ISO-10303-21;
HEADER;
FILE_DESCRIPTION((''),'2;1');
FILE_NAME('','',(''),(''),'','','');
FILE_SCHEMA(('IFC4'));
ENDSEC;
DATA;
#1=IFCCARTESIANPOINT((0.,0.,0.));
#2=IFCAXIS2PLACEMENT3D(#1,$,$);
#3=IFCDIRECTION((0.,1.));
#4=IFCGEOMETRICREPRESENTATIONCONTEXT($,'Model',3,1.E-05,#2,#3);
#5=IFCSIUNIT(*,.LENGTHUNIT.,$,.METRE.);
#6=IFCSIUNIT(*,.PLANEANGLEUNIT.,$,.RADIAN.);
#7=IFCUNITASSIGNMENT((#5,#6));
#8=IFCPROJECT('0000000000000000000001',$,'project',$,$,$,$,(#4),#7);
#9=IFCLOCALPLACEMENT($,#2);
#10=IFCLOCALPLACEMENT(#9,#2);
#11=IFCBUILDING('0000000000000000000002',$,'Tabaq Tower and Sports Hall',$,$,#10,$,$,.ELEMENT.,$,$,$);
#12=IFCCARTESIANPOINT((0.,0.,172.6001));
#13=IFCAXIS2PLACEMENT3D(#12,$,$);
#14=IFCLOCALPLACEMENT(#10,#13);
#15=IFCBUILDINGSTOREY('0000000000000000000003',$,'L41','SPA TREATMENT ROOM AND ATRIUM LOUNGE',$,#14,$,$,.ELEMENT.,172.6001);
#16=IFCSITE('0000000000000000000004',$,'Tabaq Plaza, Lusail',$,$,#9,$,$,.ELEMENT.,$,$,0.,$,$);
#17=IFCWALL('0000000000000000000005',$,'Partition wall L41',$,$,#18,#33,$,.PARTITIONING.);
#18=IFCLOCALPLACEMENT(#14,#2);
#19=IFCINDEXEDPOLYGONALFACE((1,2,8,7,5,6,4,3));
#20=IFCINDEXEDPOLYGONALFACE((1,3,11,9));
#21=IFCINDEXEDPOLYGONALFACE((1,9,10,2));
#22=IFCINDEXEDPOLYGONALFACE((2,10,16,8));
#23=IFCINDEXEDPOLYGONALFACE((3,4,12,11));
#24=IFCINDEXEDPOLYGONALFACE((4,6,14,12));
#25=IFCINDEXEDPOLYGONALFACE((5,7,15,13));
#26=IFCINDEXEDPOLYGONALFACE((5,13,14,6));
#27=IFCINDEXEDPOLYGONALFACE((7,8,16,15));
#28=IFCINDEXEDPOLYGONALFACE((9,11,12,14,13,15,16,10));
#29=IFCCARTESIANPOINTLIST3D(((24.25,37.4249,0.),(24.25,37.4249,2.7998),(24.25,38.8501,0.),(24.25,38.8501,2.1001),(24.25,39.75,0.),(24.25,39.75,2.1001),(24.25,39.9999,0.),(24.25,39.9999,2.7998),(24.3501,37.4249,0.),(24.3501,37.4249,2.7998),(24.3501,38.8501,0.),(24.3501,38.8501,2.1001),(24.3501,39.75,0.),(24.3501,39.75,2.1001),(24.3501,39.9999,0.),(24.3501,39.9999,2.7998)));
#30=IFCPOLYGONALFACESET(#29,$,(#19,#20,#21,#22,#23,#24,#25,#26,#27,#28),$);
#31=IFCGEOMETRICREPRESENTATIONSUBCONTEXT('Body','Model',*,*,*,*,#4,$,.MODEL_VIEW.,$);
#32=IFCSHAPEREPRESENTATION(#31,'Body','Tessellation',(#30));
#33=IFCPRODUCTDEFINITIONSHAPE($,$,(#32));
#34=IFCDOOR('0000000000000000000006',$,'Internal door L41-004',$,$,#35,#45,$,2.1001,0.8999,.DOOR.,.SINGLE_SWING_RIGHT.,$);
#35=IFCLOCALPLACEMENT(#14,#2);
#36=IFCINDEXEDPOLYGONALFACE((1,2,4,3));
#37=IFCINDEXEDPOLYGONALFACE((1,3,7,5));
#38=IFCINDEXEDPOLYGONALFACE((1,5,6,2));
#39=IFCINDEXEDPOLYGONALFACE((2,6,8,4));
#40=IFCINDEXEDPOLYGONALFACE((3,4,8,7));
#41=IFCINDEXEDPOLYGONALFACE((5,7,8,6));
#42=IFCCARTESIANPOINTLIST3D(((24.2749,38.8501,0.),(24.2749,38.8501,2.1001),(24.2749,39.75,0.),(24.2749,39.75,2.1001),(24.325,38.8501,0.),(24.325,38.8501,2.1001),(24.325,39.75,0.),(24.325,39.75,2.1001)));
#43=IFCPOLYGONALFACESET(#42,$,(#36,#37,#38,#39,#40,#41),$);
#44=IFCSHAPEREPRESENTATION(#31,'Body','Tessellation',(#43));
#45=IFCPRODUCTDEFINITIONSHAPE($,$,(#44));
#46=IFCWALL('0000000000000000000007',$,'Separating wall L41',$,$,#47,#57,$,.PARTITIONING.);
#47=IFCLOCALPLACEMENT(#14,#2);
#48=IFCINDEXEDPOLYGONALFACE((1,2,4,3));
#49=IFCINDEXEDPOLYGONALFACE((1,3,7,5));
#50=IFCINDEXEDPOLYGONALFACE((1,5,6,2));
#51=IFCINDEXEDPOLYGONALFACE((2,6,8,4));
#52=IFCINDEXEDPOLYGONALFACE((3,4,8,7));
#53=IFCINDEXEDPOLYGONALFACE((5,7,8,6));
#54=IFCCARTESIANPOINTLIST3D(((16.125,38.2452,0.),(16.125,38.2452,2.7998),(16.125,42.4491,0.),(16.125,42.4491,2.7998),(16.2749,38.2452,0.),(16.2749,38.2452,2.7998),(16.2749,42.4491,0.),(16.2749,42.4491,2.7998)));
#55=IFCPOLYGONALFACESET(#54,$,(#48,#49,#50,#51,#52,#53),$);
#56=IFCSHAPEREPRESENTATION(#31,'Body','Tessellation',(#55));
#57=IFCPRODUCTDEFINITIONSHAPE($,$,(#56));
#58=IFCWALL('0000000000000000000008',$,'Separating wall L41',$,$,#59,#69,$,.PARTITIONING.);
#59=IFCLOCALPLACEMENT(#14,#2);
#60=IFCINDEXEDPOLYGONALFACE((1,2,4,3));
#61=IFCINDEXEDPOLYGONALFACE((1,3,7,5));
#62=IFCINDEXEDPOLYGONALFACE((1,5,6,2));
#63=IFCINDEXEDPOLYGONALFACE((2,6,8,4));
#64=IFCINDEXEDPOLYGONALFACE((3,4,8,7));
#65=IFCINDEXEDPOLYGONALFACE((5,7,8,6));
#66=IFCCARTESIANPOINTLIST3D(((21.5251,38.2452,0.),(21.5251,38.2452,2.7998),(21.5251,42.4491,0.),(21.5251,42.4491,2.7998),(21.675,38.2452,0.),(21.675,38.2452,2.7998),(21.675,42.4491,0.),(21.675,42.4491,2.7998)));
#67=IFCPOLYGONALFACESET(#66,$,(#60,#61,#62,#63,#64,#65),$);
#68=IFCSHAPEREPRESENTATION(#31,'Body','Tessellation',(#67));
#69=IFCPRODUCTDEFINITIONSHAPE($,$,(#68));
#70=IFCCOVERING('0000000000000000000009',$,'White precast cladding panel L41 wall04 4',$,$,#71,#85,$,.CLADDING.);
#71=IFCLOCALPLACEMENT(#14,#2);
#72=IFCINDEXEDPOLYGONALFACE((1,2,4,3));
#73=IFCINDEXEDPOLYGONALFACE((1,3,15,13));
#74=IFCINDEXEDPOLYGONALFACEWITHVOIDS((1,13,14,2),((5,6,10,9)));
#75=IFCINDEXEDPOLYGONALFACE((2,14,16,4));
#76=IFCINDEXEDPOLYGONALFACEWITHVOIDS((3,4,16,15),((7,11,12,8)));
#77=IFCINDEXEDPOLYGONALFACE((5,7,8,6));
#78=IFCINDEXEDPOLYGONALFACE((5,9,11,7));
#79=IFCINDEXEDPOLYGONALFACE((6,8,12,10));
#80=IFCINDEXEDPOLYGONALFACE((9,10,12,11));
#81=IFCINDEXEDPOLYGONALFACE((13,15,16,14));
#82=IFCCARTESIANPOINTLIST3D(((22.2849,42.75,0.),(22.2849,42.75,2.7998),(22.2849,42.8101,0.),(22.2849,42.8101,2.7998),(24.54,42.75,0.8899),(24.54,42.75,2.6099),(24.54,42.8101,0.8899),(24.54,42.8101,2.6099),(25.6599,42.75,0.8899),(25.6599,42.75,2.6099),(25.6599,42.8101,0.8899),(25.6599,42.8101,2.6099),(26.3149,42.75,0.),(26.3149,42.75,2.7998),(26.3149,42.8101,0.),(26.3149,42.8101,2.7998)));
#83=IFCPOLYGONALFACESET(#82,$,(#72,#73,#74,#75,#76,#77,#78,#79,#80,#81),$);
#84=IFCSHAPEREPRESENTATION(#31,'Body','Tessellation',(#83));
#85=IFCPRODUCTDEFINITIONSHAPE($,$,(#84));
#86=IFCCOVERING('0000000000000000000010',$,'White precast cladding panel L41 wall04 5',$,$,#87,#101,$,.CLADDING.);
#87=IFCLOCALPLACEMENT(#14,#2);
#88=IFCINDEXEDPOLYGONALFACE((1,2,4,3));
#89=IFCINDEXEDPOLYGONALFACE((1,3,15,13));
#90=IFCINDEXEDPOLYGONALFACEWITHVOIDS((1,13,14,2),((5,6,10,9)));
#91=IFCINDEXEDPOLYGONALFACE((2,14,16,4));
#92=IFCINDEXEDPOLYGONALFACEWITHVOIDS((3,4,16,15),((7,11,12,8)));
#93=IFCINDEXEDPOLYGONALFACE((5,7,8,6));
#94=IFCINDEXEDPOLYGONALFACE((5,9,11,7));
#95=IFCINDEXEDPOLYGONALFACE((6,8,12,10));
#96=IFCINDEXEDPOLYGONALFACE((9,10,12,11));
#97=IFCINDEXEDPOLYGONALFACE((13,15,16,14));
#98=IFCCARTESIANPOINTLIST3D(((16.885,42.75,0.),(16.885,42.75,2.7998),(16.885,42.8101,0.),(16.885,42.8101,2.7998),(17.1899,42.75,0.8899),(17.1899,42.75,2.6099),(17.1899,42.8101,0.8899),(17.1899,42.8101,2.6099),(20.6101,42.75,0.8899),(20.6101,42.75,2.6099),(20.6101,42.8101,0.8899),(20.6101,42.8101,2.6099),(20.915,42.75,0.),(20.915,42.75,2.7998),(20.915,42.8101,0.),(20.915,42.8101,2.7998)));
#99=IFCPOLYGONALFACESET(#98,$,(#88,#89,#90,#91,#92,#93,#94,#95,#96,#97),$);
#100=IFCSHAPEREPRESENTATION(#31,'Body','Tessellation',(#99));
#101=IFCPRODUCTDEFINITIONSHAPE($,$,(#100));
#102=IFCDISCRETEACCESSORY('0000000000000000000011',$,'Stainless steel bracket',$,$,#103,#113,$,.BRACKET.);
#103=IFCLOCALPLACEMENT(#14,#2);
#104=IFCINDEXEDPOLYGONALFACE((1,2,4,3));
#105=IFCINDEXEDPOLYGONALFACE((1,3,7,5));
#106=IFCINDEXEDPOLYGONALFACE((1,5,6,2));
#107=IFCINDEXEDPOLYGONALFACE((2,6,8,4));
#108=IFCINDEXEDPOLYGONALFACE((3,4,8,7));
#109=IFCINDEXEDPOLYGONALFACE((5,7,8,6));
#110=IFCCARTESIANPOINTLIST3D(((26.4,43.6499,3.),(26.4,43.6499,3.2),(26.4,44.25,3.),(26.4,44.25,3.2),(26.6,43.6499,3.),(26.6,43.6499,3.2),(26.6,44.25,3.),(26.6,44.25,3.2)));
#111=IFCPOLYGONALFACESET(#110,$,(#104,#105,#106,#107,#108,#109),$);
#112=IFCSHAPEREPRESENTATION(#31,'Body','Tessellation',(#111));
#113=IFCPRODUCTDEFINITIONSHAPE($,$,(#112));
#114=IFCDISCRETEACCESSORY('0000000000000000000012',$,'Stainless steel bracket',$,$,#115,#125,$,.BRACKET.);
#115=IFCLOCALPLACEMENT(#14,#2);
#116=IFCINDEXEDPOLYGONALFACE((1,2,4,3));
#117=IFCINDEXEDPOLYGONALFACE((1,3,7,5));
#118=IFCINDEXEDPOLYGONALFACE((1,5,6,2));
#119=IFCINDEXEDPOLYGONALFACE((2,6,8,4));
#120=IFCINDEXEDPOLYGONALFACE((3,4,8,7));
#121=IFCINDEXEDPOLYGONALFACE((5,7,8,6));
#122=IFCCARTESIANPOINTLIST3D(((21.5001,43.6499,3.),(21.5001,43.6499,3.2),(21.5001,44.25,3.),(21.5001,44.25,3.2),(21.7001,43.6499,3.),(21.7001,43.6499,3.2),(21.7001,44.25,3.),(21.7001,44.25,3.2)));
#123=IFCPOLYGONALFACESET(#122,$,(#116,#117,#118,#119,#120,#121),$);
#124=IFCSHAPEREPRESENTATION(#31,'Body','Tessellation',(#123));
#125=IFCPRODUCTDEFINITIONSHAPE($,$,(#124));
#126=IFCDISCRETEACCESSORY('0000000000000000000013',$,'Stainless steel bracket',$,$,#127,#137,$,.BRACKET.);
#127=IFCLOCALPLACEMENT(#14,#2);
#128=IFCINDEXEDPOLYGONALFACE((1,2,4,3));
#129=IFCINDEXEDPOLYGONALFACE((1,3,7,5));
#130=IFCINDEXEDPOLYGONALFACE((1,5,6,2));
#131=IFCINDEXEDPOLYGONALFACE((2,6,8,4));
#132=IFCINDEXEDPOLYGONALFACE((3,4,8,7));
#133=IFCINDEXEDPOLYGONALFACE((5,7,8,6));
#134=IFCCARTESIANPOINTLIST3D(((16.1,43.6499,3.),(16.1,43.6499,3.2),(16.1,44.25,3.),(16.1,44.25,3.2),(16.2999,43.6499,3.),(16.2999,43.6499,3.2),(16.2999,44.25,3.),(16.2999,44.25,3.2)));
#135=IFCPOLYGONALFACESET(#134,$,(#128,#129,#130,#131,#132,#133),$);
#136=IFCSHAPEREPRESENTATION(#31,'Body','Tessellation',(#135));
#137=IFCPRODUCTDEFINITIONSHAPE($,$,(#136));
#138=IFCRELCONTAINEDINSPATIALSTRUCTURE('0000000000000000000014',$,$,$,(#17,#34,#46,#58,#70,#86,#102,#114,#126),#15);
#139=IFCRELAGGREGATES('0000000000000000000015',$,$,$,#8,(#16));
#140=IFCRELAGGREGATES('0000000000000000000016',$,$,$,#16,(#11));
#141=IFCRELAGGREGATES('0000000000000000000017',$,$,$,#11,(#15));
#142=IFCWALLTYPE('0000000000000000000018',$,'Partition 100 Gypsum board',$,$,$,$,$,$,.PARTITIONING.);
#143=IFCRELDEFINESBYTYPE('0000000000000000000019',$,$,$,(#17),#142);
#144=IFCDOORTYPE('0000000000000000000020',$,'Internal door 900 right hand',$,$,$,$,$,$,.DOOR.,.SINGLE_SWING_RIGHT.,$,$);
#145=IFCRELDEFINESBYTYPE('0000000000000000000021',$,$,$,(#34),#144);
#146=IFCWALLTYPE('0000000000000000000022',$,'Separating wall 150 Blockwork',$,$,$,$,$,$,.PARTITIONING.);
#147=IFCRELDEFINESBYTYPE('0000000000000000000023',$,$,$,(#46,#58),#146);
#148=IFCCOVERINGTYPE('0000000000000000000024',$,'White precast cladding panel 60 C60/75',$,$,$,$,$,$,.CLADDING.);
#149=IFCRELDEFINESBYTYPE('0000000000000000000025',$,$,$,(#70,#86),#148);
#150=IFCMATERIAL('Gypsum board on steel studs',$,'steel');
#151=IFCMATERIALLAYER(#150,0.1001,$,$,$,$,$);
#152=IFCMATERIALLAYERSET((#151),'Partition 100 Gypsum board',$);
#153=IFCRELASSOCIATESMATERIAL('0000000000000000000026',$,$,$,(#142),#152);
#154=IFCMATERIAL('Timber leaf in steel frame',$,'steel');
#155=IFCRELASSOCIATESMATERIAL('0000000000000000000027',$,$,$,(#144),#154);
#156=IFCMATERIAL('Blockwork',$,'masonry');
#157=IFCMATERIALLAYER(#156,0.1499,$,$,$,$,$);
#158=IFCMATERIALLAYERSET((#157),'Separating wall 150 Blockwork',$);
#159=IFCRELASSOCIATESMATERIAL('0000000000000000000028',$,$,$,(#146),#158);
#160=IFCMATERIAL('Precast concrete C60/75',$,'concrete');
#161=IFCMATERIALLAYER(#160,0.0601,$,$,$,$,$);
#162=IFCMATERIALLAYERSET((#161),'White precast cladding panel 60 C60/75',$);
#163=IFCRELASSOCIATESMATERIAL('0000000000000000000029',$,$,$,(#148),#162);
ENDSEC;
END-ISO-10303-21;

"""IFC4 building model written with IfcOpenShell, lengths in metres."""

from ifc_helpers import new_model, si_unit, direction, frame, frame_2d, origin, origin_2d, place, context, subcontext, project, spatial, polyline, rectangle, outline, extrude, material, layer, layer_set, type_object, element, fill, save


model = new_model("IFC4")

# Units and contexts
model_context = context("Model", 3, precision=1e-05, world=origin(), true_north=direction((0.0, 1.0)))
body_context = subcontext(model_context, "Body", "Model", "MODEL_VIEW")
ifc_project = project(units=[si_unit("LENGTHUNIT", "METRE"), si_unit("PLANEANGLEUNIT", "RADIAN")], contexts=[model_context])

# Site, building, storey
site_placement = place(None, origin())
site = spatial("IfcSite", under=ifc_project, at=site_placement, Name="Tabaq Plaza, Lusail", CompositionType="ELEMENT", RefElevation=0.0)
building_placement = place(site_placement, origin())
building = spatial("IfcBuilding", under=site, at=building_placement, Name="Tabaq Tower and Sports Hall", CompositionType="ELEMENT")
storey_placement = place(building_placement, frame((0.0, 0.0, 172.6001)))
storey = spatial("IfcBuildingStorey", under=building, at=storey_placement, Name="L41", Description="SPA TREATMENT ROOM AND ATRIUM LOUNGE", CompositionType="ELEMENT", Elevation=172.6001)

# Shared definitions
ifc_material_1 = material(Name="Gypsum board on steel studs", Category="steel")
ifc_layer_1 = layer(ifc_material_1, 0.1001)
ifc_layer_set_1 = layer_set([ifc_layer_1], Name="Partition 100 Gypsum board")
wall_type_1 = type_object("IfcWallType", Name="Partition 100 Gypsum board", PredefinedType="PARTITIONING", material=ifc_layer_set_1)

# Wall, opening, door
wall_1_placement = place(storey_placement, frame((24.3, 40.0, 0.0), z_axis=(0.0, 0.0, 1.0), x_axis=(0.0, -1.0, 0.0)))
wall_1 = element("IfcWall", 1, at=wall_1_placement, inside=storey, type_object=wall_type_1, Name="Partition wall L41", PredefinedType="PARTITIONING", context=body_context, shape_type="SweptSolid", body=[
    extrude(rectangle(XDim=2.575, YDim=0.1001, at=frame_2d((1.2876, 0.0))), origin(), (0.0, 0.0, 1.0), 2.7998),
])
opening_1_placement = place(wall_1_placement, frame((0.25, 0.0, 0.0)))
opening_1 = element("IfcOpeningElement", 2, at=opening_1_placement, cuts=wall_1, PredefinedType="OPENING", context=body_context, shape_type="SweptSolid", body=[
    extrude(rectangle(XDim=0.8999, YDim=2.1001, at=frame_2d((0.45, 1.05))), frame((0.0, 0.05, 0.0), z_axis=(0.0, -1.0, 0.0), x_axis=(1.0, 0.0, 0.0)), (0.0, 0.0, 1.0), 0.1001),
])
ifc_material_2 = material(Name="Timber leaf in steel frame", Category="steel")
door_type_1 = type_object("IfcDoorType", Name="Internal door 900 right hand", OperationType="SINGLE_SWING_RIGHT", PredefinedType="DOOR", material=ifc_material_2)
door_1_placement = place(opening_1_placement, origin())
door_1 = element("IfcDoor", 3, at=door_1_placement, inside=storey, type_object=door_type_1, Name="Internal door L41-004", OperationType="SINGLE_SWING_RIGHT", OverallHeight=2.1001, OverallWidth=0.8999, PredefinedType="DOOR", context=body_context, shape_type="SweptSolid", body=[
    extrude(rectangle(XDim=0.8999, YDim=2.1001, at=frame_2d((0.45, 1.05))), frame((0.0, 0.0249, 0.0), z_axis=(0.0, -1.0, 0.0), x_axis=(1.0, 0.0, 0.0)), (0.0, 0.0, 1.0), 0.05),
])
fill(opening_1, door_1)

# Walls
ifc_material_3 = material(Name="Blockwork", Category="masonry")
ifc_layer_2 = layer(ifc_material_3, 0.1499)
ifc_layer_set_2 = layer_set([ifc_layer_2], Name="Separating wall 150 Blockwork")
wall_type_2 = type_object("IfcWallType", Name="Separating wall 150 Blockwork", PredefinedType="PARTITIONING", material=ifc_layer_set_2)
for number, where, z_axis, x_axis, name in (
    (4, (16.2, 38.2451, 0.0), (0.0, 0.0, 1.0), (0.0, 1.0, 0.0), "Separating wall L41"),
    (5, (21.6001, 38.2451, 0.0), (0.0, 0.0, 1.0), (0.0, 1.0, 0.0), "Separating wall L41"),
):
    element("IfcWall", number, at=place(storey_placement, frame(where, z_axis=z_axis, x_axis=x_axis)), inside=storey, type_object=wall_type_2, Name=name, PredefinedType="PARTITIONING", context=body_context, shape_type="SweptSolid", body=[
        extrude(rectangle(XDim=4.2039, YDim=0.1499, at=frame_2d((2.1021, 0.0))), origin(), (0.0, 0.0, 1.0), 2.7998),
    ])

# Coverings
ifc_material_4 = material(Name="Precast concrete C60/75", Category="concrete")
ifc_layer_3 = layer(ifc_material_4, 0.0601)
ifc_layer_set_3 = layer_set([ifc_layer_3], Name="White precast cladding panel 60 C60/75")
covering_type = type_object("IfcCoveringType", Name="White precast cladding panel 60 C60/75", PredefinedType="CLADDING", material=ifc_layer_set_3)
covering_1_placement = place(storey_placement, frame((26.3149, 42.78, 0.0), z_axis=(0.0, 0.0, 1.0), x_axis=(-1.0, 0.0, 0.0)))
element("IfcCovering", 6, at=covering_1_placement, inside=storey, type_object=covering_type, Name="White precast cladding panel L41 wall04 4", PredefinedType="CLADDING", context=body_context, shape_type="SweptSolid", body=[
    extrude(outline(polyline([(0.0, 0.0), (4.03, 0.0), (4.03, 2.7998), (0.0, 2.7998), (0.0, 0.0)]), holes=[polyline([(0.655, 0.8899), (0.655, 2.6099), (1.7749, 2.6099), (1.7749, 0.8899), (0.655, 0.8899)])]), frame((0.0, 0.03, 0.0), z_axis=(0.0, -1.0, 0.0), x_axis=(1.0, 0.0, 0.0)), (0.0, 0.0, 1.0), 0.0601),
])
covering_2_placement = place(storey_placement, frame((20.915, 42.78, 0.0), z_axis=(0.0, 0.0, 1.0), x_axis=(-1.0, 0.0, 0.0)))
element("IfcCovering", 7, at=covering_2_placement, inside=storey, type_object=covering_type, Name="White precast cladding panel L41 wall04 5", PredefinedType="CLADDING", context=body_context, shape_type="SweptSolid", body=[
    extrude(outline(polyline([(0.0, 0.0), (4.03, 0.0), (4.03, 2.7998), (0.0, 2.7998), (0.0, 0.0)]), holes=[polyline([(0.3049, 0.8899), (0.3049, 2.6099), (3.7251, 2.6099), (3.7251, 0.8899), (0.3049, 0.8899)])]), frame((0.0, 0.03, 0.0), z_axis=(0.0, -1.0, 0.0), x_axis=(1.0, 0.0, 0.0)), (0.0, 0.0, 1.0), 0.0601),
])

# Discrete accessories
for number, where, z_axis, x_axis, name in (
    (8, (26.5, 43.95, 3.0), (0.0, 0.0, 1.0), (0.0, 1.0, 0.0), "Stainless steel bracket"),
    (9, (21.6001, 43.95, 3.0), (0.0, 0.0, 1.0), (0.0, 1.0, 0.0), "Stainless steel bracket"),
    (10, (16.2, 43.95, 3.0), (0.0, 0.0, 1.0), (0.0, 1.0, 0.0), "Stainless steel bracket"),
):
    element("IfcDiscreteAccessory", number, at=place(storey_placement, frame(where, z_axis=z_axis, x_axis=x_axis)), inside=storey, Name=name, PredefinedType="BRACKET", context=body_context, shape_type="SweptSolid", body=[
        extrude(rectangle(XDim=0.6001, YDim=0.2, at=origin_2d()), origin(), (0.0, 0.0, 1.0), 0.2),
    ])

save(model, "model.ifc")
